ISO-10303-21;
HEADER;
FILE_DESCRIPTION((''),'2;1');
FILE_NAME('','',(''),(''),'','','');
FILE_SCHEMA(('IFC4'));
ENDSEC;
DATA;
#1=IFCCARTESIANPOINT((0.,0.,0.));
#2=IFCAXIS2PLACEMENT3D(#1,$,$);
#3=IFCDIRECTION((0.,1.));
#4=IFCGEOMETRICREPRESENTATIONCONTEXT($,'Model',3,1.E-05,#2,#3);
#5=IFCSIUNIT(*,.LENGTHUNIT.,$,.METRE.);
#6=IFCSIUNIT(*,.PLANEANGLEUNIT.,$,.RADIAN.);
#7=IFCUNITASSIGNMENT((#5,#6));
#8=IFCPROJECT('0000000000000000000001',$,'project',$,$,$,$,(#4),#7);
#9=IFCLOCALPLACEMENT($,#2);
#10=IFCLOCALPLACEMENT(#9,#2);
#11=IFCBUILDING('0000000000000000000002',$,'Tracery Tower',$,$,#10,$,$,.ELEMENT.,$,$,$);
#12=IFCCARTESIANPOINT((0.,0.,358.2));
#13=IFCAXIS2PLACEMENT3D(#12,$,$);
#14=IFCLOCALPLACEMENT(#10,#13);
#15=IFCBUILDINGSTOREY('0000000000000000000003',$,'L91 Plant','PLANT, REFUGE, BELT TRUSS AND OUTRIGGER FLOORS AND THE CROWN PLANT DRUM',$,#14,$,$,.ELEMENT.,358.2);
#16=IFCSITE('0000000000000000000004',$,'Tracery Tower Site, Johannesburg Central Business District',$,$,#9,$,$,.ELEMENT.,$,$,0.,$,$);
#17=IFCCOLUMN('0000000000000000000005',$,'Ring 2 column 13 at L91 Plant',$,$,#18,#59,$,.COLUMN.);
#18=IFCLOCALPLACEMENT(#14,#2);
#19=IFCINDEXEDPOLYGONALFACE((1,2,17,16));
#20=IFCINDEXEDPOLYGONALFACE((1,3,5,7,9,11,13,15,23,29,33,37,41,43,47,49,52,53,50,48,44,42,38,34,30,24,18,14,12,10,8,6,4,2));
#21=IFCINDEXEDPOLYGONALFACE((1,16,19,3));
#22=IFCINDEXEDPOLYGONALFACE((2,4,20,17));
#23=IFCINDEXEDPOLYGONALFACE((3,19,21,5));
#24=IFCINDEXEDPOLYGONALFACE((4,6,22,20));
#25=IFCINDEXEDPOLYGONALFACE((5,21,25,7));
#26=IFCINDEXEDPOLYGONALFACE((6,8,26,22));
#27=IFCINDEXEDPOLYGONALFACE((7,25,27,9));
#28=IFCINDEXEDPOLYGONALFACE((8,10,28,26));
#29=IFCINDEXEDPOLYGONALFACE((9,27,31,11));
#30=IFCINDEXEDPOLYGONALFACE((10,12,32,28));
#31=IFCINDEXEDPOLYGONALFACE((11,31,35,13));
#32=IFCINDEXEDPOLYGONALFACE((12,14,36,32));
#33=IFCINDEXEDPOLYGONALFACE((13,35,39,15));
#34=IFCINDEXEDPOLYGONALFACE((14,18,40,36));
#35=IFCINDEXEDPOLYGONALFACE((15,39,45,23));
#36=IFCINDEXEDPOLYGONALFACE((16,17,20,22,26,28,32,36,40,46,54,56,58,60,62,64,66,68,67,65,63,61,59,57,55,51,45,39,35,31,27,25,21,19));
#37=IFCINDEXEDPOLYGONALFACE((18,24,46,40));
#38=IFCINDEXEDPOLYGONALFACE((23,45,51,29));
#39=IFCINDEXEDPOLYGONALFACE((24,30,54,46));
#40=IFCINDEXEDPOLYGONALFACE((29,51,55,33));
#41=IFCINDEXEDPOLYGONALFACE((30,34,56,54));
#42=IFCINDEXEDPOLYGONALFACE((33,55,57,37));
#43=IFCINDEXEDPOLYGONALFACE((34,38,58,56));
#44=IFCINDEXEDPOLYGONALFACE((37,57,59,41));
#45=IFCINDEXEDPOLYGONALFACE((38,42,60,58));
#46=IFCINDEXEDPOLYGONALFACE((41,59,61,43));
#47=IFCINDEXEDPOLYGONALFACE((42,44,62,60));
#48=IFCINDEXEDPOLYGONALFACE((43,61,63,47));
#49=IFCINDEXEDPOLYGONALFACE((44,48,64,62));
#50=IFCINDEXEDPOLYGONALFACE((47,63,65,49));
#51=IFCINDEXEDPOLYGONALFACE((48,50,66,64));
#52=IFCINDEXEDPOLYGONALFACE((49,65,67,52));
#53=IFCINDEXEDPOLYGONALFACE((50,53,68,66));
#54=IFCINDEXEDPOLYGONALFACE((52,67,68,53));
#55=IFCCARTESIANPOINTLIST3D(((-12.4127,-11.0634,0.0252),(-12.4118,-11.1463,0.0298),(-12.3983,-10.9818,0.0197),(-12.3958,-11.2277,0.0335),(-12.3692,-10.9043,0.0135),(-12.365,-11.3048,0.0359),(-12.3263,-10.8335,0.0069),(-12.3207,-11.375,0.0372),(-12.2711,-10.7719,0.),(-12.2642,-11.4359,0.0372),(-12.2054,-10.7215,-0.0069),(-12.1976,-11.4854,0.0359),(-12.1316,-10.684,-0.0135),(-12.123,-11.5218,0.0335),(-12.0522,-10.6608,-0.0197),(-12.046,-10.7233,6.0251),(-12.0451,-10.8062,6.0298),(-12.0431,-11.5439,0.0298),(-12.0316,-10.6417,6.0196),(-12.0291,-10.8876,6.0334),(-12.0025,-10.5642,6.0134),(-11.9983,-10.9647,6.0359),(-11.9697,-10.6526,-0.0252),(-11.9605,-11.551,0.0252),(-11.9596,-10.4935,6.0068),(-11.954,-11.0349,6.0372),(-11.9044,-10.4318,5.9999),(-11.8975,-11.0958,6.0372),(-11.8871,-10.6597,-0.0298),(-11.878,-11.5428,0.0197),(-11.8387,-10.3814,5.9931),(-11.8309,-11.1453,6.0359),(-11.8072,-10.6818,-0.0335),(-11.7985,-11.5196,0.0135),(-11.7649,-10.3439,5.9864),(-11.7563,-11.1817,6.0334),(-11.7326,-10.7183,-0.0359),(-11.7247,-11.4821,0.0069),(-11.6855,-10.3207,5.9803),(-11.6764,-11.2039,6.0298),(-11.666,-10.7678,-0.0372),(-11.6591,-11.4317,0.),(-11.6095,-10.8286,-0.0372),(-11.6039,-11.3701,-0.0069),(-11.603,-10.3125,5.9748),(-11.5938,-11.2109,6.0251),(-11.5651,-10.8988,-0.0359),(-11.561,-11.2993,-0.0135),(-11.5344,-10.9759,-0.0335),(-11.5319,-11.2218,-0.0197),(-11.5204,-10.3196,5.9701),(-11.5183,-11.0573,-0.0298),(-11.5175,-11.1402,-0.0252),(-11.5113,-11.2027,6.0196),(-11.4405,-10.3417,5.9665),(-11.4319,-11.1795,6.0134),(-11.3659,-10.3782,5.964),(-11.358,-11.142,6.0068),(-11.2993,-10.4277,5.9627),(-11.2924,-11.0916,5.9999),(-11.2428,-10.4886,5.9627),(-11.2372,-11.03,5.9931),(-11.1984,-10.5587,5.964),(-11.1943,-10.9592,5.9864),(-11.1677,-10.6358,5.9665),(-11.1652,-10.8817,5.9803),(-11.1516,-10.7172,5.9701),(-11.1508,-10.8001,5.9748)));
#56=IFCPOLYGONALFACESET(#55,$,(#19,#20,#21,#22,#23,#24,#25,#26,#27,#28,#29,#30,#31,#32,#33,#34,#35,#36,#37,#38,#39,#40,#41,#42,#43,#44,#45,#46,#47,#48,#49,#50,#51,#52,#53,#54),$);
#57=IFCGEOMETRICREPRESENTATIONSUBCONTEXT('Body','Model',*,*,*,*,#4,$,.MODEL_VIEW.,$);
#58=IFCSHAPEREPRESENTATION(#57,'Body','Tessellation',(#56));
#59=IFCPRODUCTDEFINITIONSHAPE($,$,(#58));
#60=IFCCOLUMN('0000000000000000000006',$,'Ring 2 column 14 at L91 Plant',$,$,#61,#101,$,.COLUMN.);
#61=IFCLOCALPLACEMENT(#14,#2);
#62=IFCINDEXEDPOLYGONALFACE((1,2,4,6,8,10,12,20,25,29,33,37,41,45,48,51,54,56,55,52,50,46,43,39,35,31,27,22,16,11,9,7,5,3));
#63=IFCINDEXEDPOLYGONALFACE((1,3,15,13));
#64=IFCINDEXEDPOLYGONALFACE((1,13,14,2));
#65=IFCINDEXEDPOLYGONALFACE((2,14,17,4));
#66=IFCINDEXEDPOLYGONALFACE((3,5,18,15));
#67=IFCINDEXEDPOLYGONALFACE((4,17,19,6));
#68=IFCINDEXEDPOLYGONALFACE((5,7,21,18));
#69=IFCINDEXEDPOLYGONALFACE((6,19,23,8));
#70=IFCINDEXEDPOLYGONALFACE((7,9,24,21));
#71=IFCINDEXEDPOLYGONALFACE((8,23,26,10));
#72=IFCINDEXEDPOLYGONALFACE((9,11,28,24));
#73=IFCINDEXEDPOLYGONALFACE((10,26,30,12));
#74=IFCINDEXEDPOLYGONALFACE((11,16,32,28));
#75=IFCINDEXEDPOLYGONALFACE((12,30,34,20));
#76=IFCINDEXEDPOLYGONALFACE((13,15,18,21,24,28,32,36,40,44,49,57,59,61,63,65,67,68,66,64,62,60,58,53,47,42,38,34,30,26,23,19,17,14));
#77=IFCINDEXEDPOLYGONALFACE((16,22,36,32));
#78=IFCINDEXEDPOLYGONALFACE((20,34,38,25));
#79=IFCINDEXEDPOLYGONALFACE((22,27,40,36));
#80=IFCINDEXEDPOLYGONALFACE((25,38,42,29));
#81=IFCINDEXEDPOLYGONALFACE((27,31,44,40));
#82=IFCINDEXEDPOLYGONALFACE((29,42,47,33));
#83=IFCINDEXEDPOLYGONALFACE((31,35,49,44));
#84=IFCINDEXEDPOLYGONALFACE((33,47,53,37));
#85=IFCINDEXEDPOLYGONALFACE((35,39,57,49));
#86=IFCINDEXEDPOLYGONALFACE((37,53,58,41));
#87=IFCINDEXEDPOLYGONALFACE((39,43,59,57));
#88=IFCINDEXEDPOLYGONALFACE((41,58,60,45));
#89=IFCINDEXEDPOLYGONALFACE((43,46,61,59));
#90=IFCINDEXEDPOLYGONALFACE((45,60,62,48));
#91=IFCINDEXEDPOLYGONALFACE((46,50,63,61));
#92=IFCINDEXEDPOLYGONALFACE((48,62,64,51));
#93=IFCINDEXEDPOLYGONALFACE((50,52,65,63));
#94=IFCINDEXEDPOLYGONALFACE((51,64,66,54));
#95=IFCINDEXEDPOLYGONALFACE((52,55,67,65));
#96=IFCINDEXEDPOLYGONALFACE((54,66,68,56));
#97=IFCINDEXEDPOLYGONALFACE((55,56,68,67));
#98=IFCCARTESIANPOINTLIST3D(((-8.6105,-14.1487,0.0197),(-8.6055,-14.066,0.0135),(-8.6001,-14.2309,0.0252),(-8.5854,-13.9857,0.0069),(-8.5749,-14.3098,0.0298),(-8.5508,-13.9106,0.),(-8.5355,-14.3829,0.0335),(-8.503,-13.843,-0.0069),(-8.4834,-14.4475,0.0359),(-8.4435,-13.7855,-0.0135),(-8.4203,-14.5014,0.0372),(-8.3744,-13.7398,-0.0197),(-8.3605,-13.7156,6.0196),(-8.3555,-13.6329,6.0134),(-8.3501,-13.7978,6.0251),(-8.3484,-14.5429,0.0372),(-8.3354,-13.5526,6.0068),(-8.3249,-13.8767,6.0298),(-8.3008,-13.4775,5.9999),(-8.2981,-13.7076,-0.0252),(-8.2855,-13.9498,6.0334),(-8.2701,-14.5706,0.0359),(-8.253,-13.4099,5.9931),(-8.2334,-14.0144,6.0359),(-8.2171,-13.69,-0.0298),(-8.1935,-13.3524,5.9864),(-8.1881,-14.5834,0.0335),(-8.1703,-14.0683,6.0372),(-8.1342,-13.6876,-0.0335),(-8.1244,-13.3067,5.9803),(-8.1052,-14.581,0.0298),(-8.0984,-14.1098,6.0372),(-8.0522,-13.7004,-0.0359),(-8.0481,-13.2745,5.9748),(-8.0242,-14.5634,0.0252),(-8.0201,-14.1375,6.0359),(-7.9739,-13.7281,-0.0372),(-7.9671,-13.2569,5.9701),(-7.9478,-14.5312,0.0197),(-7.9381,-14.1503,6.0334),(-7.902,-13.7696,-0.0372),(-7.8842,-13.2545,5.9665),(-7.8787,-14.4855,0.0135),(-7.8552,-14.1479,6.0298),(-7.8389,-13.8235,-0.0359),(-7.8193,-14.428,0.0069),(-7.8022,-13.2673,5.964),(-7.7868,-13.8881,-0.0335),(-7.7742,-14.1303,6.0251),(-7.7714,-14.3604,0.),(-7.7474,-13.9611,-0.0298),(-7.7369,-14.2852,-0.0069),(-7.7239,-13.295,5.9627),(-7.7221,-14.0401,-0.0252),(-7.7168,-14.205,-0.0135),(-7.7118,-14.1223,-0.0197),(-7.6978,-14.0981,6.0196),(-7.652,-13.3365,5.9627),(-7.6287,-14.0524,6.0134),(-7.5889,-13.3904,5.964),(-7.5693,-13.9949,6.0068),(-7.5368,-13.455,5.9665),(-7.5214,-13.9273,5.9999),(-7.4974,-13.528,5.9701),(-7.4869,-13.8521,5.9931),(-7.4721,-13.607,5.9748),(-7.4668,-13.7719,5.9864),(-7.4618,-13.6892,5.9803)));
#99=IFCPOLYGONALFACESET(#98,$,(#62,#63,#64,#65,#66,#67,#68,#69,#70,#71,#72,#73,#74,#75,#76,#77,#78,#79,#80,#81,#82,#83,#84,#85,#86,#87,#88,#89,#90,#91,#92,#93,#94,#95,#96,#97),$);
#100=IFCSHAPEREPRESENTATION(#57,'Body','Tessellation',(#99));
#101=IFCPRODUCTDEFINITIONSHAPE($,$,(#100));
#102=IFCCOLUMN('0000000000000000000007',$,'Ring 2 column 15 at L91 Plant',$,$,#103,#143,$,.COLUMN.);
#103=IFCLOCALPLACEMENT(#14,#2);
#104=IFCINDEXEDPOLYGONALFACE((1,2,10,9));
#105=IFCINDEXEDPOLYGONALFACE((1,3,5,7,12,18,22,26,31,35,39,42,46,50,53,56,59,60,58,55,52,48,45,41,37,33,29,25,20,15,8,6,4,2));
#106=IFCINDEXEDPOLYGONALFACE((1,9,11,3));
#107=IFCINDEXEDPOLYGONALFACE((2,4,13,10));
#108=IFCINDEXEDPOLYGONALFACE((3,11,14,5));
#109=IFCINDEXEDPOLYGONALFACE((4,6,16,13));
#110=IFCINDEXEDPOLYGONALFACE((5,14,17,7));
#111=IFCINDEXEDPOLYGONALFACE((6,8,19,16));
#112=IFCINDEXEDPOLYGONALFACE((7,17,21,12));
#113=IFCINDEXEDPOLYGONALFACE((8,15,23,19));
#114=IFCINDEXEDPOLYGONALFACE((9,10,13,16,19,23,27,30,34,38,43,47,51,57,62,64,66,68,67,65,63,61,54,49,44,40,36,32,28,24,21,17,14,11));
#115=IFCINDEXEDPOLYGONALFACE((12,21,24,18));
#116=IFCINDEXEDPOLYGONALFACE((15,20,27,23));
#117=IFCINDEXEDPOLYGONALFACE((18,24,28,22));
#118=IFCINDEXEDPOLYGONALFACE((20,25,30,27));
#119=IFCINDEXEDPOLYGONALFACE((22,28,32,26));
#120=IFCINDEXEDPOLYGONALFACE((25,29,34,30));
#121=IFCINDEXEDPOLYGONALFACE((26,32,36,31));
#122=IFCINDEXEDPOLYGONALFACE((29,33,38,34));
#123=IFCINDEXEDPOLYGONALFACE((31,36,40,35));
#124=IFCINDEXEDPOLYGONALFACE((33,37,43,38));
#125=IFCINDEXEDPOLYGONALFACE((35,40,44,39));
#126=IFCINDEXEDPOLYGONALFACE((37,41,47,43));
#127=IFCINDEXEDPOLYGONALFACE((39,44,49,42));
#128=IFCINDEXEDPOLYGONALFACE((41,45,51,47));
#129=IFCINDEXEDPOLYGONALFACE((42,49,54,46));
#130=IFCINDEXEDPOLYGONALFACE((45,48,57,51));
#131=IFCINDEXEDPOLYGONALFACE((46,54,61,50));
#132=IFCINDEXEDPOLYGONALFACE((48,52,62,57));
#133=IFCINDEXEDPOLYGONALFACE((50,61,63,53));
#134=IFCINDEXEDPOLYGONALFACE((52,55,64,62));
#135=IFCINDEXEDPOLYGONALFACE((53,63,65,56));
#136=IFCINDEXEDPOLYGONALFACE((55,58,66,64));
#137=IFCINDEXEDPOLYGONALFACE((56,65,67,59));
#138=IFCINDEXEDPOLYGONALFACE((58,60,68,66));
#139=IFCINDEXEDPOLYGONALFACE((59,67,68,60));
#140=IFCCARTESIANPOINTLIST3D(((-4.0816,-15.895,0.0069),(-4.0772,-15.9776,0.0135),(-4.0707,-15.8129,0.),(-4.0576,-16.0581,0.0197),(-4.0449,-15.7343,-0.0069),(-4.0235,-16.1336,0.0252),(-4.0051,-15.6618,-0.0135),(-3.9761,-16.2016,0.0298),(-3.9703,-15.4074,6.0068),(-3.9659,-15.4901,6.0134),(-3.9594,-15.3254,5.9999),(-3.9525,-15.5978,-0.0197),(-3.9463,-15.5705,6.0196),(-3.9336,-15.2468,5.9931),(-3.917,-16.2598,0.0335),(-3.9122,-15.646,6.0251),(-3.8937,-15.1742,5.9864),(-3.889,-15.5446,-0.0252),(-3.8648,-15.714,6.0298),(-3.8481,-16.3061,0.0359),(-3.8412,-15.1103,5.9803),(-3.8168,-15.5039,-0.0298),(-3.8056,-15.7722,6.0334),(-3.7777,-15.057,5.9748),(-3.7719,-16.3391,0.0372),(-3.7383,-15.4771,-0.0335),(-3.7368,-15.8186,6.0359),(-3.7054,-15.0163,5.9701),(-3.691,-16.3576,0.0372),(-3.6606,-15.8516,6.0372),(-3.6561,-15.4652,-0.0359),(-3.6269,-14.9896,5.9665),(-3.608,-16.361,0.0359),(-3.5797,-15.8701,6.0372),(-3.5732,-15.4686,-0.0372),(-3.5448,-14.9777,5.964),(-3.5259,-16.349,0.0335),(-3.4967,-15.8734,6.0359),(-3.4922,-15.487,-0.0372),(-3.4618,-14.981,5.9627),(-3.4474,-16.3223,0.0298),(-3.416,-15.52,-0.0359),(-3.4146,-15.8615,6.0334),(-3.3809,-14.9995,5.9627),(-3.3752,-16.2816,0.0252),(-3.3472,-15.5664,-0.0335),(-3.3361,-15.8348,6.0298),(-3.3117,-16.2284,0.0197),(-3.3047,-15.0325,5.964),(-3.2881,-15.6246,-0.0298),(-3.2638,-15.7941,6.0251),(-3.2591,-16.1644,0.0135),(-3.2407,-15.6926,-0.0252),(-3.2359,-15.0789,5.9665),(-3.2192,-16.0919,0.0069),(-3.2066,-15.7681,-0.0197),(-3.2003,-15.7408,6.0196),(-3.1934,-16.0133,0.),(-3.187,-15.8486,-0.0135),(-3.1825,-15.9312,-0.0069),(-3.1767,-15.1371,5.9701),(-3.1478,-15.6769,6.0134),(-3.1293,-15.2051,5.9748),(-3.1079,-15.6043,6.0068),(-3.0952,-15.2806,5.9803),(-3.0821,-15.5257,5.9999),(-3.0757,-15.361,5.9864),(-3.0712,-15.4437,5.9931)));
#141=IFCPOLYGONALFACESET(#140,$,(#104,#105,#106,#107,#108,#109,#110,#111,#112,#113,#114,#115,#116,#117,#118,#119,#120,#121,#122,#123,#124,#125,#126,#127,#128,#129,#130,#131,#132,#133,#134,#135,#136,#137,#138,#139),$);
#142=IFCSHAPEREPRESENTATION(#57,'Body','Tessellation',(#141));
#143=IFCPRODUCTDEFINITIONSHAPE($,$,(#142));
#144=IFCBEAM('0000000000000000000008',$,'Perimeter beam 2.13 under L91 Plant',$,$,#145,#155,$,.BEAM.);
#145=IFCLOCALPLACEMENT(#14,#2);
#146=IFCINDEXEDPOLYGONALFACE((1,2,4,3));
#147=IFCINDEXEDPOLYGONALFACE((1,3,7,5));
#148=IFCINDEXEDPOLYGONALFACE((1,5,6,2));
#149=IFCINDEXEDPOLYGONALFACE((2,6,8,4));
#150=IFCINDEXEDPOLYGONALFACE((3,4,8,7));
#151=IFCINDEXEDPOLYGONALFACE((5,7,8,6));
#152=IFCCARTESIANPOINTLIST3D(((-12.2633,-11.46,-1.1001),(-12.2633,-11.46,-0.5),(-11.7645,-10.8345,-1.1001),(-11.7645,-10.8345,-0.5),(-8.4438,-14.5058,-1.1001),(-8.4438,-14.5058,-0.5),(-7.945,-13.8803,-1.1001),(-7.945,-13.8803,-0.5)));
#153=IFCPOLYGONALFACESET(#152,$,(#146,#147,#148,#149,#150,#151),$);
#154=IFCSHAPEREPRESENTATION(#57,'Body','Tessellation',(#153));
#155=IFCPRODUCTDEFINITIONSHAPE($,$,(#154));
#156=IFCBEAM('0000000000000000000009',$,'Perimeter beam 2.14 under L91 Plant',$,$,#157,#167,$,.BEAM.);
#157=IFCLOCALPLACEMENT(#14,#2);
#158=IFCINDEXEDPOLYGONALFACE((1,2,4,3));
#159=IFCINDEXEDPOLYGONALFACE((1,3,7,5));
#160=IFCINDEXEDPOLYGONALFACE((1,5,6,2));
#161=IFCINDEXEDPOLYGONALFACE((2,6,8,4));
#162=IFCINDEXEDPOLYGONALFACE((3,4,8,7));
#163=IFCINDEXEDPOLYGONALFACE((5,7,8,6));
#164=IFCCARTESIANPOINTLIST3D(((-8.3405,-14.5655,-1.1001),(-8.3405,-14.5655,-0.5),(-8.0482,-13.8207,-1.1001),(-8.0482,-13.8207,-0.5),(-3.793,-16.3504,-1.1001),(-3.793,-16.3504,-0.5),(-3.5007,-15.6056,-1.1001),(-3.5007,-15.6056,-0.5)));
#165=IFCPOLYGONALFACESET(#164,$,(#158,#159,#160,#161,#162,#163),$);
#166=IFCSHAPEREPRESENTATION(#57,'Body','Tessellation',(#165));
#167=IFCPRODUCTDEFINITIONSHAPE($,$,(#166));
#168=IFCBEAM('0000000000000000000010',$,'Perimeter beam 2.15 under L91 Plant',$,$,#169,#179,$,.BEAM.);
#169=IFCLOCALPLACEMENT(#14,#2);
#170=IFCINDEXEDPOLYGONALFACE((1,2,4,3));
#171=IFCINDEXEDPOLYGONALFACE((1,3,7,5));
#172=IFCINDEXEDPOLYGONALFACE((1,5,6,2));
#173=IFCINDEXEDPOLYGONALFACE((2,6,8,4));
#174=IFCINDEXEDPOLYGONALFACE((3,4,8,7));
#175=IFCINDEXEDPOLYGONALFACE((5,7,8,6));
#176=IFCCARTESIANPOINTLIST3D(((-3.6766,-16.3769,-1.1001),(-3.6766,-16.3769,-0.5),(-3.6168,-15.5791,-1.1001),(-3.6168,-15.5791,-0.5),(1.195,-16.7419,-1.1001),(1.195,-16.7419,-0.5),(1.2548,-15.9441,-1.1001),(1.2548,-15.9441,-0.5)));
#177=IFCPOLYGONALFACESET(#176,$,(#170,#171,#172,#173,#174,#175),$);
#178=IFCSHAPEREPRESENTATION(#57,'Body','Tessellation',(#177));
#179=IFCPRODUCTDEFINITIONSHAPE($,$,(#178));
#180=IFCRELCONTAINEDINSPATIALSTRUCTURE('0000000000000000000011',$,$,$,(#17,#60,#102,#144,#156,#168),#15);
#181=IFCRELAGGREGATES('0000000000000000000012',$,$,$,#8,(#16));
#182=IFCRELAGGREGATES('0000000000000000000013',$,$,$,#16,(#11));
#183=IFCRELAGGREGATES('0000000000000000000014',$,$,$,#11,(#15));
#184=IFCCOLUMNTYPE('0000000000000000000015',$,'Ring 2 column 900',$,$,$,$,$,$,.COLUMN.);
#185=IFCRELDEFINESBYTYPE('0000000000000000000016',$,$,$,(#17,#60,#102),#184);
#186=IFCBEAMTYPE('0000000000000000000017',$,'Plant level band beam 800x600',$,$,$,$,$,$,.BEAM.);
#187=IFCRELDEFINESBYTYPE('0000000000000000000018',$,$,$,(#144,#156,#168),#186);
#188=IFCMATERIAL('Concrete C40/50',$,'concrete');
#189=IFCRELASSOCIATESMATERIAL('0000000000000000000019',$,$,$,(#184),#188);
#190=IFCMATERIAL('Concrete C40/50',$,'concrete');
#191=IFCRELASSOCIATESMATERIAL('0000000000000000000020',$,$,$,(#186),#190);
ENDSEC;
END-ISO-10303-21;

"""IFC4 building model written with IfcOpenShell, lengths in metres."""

from ifc_helpers import new_model, si_unit, direction, frame, origin, origin_2d, place, context, subcontext, project, spatial, rectangle, circle, extrude, material, material_profile, profile_set, type_object, element, save


model = new_model("IFC4")

# Units and contexts
model_context = context("Model", 3, precision=1e-05, world=origin(), true_north=direction((0.0, 1.0)))
body_context = subcontext(model_context, "Body", "Model", "MODEL_VIEW")
ifc_project = project(units=[si_unit("LENGTHUNIT", "METRE"), si_unit("PLANEANGLEUNIT", "RADIAN")], contexts=[model_context])

# Site, building, storey
site_placement = place(None, origin())
site = spatial("IfcSite", under=ifc_project, at=site_placement, Name="Tracery Tower Site, Johannesburg Central Business District", CompositionType="ELEMENT", RefElevation=0.0)
building_placement = place(site_placement, origin())
building = spatial("IfcBuilding", under=site, at=building_placement, Name="Tracery Tower", CompositionType="ELEMENT")
storey_placement = place(building_placement, frame((0.0, 0.0, 358.2)))
storey = spatial("IfcBuildingStorey", under=building, at=storey_placement, Name="L91 Plant", Description="PLANT, REFUGE, BELT TRUSS AND OUTRIGGER FLOORS AND THE CROWN PLANT DRUM", CompositionType="ELEMENT", Elevation=358.2)

# Columns
ifc_material_1 = material(Name="Concrete C40/50", Category="concrete")
ifc_material_profile_1 = material_profile(ifc_material_1, circle(Radius=0.45, at=origin_2d()), Name="RC D900")
ifc_profile_set_1 = profile_set([ifc_material_profile_1], Name="Concrete C40/50")
column_type = type_object("IfcColumnType", Name="Ring 2 column 900", PredefinedType="COLUMN", material=ifc_profile_set_1)
for number, where, z_axis, x_axis, name in (
    (1, (-11.9651, -11.1018, 0.0), (0.060905, 0.056485, 0.996544), (-0.680002, 0.733211, 0.0), "Ring 2 column 13 at L91 Plant"),
    (2, (-8.1611, -14.1355, 0.0), (0.041523, 0.071935, 0.996545), (-0.866072, 0.49992, 0.0), "Ring 2 column 14 at L91 Plant"),
    (3, (-3.6321, -15.9131, 0.0), (0.018491, 0.080977, 0.996544), (-0.974907, 0.222613, 0.0), "Ring 2 column 15 at L91 Plant"),
):
    element("IfcColumn", number, at=place(storey_placement, frame(where, z_axis=z_axis, x_axis=x_axis)), inside=storey, type_object=column_type, Name=name, PredefinedType="COLUMN", context=body_context, shape_type="SweptSolid", body=[
        extrude(circle(Radius=0.45, at=origin_2d()), origin(), (0.0, 0.0, 1.0), 6.0208),
    ])

# Beams
ifc_material_2 = material(Name="Concrete C40/50", Category="concrete")
ifc_material_profile_2 = material_profile(ifc_material_2, rectangle(XDim=0.8, YDim=0.6001, at=origin_2d()), Name="RC 800x600")
ifc_profile_set_2 = profile_set([ifc_material_profile_2], Name="Concrete C40/50")
beam_type = type_object("IfcBeamType", Name="Plant level band beam 800x600", PredefinedType="BEAM", material=ifc_profile_set_2)
for number, where, z_axis, x_axis, name in (
    (4, (-12.0139, -11.1472, -0.8), (0.781843, -0.623475, 0.0), (0.623475, 0.781843, 0.0), "Perimeter beam 2.13 under L91 Plant"),
    (5, (-8.1943, -14.1931, -0.8), (0.930866, -0.36536, 0.0), (0.36536, 0.930866, 0.0), "Perimeter beam 2.14 under L91 Plant"),
    (6, (-3.6467, -15.978, -0.8), (0.997205, -0.074713, 0.0), (0.074713, 0.997205, 0.0), "Perimeter beam 2.15 under L91 Plant"),
):
    element("IfcBeam", number, at=place(storey_placement, frame(where, z_axis=z_axis, x_axis=x_axis)), inside=storey, type_object=beam_type, Name=name, PredefinedType="BEAM", context=body_context, shape_type="SweptSolid", body=[
        extrude(rectangle(XDim=0.8, YDim=0.6001, at=origin_2d()), origin(), (0.0, 0.0, 1.0), 4.8853),
    ])

save(model, "model.ifc")
